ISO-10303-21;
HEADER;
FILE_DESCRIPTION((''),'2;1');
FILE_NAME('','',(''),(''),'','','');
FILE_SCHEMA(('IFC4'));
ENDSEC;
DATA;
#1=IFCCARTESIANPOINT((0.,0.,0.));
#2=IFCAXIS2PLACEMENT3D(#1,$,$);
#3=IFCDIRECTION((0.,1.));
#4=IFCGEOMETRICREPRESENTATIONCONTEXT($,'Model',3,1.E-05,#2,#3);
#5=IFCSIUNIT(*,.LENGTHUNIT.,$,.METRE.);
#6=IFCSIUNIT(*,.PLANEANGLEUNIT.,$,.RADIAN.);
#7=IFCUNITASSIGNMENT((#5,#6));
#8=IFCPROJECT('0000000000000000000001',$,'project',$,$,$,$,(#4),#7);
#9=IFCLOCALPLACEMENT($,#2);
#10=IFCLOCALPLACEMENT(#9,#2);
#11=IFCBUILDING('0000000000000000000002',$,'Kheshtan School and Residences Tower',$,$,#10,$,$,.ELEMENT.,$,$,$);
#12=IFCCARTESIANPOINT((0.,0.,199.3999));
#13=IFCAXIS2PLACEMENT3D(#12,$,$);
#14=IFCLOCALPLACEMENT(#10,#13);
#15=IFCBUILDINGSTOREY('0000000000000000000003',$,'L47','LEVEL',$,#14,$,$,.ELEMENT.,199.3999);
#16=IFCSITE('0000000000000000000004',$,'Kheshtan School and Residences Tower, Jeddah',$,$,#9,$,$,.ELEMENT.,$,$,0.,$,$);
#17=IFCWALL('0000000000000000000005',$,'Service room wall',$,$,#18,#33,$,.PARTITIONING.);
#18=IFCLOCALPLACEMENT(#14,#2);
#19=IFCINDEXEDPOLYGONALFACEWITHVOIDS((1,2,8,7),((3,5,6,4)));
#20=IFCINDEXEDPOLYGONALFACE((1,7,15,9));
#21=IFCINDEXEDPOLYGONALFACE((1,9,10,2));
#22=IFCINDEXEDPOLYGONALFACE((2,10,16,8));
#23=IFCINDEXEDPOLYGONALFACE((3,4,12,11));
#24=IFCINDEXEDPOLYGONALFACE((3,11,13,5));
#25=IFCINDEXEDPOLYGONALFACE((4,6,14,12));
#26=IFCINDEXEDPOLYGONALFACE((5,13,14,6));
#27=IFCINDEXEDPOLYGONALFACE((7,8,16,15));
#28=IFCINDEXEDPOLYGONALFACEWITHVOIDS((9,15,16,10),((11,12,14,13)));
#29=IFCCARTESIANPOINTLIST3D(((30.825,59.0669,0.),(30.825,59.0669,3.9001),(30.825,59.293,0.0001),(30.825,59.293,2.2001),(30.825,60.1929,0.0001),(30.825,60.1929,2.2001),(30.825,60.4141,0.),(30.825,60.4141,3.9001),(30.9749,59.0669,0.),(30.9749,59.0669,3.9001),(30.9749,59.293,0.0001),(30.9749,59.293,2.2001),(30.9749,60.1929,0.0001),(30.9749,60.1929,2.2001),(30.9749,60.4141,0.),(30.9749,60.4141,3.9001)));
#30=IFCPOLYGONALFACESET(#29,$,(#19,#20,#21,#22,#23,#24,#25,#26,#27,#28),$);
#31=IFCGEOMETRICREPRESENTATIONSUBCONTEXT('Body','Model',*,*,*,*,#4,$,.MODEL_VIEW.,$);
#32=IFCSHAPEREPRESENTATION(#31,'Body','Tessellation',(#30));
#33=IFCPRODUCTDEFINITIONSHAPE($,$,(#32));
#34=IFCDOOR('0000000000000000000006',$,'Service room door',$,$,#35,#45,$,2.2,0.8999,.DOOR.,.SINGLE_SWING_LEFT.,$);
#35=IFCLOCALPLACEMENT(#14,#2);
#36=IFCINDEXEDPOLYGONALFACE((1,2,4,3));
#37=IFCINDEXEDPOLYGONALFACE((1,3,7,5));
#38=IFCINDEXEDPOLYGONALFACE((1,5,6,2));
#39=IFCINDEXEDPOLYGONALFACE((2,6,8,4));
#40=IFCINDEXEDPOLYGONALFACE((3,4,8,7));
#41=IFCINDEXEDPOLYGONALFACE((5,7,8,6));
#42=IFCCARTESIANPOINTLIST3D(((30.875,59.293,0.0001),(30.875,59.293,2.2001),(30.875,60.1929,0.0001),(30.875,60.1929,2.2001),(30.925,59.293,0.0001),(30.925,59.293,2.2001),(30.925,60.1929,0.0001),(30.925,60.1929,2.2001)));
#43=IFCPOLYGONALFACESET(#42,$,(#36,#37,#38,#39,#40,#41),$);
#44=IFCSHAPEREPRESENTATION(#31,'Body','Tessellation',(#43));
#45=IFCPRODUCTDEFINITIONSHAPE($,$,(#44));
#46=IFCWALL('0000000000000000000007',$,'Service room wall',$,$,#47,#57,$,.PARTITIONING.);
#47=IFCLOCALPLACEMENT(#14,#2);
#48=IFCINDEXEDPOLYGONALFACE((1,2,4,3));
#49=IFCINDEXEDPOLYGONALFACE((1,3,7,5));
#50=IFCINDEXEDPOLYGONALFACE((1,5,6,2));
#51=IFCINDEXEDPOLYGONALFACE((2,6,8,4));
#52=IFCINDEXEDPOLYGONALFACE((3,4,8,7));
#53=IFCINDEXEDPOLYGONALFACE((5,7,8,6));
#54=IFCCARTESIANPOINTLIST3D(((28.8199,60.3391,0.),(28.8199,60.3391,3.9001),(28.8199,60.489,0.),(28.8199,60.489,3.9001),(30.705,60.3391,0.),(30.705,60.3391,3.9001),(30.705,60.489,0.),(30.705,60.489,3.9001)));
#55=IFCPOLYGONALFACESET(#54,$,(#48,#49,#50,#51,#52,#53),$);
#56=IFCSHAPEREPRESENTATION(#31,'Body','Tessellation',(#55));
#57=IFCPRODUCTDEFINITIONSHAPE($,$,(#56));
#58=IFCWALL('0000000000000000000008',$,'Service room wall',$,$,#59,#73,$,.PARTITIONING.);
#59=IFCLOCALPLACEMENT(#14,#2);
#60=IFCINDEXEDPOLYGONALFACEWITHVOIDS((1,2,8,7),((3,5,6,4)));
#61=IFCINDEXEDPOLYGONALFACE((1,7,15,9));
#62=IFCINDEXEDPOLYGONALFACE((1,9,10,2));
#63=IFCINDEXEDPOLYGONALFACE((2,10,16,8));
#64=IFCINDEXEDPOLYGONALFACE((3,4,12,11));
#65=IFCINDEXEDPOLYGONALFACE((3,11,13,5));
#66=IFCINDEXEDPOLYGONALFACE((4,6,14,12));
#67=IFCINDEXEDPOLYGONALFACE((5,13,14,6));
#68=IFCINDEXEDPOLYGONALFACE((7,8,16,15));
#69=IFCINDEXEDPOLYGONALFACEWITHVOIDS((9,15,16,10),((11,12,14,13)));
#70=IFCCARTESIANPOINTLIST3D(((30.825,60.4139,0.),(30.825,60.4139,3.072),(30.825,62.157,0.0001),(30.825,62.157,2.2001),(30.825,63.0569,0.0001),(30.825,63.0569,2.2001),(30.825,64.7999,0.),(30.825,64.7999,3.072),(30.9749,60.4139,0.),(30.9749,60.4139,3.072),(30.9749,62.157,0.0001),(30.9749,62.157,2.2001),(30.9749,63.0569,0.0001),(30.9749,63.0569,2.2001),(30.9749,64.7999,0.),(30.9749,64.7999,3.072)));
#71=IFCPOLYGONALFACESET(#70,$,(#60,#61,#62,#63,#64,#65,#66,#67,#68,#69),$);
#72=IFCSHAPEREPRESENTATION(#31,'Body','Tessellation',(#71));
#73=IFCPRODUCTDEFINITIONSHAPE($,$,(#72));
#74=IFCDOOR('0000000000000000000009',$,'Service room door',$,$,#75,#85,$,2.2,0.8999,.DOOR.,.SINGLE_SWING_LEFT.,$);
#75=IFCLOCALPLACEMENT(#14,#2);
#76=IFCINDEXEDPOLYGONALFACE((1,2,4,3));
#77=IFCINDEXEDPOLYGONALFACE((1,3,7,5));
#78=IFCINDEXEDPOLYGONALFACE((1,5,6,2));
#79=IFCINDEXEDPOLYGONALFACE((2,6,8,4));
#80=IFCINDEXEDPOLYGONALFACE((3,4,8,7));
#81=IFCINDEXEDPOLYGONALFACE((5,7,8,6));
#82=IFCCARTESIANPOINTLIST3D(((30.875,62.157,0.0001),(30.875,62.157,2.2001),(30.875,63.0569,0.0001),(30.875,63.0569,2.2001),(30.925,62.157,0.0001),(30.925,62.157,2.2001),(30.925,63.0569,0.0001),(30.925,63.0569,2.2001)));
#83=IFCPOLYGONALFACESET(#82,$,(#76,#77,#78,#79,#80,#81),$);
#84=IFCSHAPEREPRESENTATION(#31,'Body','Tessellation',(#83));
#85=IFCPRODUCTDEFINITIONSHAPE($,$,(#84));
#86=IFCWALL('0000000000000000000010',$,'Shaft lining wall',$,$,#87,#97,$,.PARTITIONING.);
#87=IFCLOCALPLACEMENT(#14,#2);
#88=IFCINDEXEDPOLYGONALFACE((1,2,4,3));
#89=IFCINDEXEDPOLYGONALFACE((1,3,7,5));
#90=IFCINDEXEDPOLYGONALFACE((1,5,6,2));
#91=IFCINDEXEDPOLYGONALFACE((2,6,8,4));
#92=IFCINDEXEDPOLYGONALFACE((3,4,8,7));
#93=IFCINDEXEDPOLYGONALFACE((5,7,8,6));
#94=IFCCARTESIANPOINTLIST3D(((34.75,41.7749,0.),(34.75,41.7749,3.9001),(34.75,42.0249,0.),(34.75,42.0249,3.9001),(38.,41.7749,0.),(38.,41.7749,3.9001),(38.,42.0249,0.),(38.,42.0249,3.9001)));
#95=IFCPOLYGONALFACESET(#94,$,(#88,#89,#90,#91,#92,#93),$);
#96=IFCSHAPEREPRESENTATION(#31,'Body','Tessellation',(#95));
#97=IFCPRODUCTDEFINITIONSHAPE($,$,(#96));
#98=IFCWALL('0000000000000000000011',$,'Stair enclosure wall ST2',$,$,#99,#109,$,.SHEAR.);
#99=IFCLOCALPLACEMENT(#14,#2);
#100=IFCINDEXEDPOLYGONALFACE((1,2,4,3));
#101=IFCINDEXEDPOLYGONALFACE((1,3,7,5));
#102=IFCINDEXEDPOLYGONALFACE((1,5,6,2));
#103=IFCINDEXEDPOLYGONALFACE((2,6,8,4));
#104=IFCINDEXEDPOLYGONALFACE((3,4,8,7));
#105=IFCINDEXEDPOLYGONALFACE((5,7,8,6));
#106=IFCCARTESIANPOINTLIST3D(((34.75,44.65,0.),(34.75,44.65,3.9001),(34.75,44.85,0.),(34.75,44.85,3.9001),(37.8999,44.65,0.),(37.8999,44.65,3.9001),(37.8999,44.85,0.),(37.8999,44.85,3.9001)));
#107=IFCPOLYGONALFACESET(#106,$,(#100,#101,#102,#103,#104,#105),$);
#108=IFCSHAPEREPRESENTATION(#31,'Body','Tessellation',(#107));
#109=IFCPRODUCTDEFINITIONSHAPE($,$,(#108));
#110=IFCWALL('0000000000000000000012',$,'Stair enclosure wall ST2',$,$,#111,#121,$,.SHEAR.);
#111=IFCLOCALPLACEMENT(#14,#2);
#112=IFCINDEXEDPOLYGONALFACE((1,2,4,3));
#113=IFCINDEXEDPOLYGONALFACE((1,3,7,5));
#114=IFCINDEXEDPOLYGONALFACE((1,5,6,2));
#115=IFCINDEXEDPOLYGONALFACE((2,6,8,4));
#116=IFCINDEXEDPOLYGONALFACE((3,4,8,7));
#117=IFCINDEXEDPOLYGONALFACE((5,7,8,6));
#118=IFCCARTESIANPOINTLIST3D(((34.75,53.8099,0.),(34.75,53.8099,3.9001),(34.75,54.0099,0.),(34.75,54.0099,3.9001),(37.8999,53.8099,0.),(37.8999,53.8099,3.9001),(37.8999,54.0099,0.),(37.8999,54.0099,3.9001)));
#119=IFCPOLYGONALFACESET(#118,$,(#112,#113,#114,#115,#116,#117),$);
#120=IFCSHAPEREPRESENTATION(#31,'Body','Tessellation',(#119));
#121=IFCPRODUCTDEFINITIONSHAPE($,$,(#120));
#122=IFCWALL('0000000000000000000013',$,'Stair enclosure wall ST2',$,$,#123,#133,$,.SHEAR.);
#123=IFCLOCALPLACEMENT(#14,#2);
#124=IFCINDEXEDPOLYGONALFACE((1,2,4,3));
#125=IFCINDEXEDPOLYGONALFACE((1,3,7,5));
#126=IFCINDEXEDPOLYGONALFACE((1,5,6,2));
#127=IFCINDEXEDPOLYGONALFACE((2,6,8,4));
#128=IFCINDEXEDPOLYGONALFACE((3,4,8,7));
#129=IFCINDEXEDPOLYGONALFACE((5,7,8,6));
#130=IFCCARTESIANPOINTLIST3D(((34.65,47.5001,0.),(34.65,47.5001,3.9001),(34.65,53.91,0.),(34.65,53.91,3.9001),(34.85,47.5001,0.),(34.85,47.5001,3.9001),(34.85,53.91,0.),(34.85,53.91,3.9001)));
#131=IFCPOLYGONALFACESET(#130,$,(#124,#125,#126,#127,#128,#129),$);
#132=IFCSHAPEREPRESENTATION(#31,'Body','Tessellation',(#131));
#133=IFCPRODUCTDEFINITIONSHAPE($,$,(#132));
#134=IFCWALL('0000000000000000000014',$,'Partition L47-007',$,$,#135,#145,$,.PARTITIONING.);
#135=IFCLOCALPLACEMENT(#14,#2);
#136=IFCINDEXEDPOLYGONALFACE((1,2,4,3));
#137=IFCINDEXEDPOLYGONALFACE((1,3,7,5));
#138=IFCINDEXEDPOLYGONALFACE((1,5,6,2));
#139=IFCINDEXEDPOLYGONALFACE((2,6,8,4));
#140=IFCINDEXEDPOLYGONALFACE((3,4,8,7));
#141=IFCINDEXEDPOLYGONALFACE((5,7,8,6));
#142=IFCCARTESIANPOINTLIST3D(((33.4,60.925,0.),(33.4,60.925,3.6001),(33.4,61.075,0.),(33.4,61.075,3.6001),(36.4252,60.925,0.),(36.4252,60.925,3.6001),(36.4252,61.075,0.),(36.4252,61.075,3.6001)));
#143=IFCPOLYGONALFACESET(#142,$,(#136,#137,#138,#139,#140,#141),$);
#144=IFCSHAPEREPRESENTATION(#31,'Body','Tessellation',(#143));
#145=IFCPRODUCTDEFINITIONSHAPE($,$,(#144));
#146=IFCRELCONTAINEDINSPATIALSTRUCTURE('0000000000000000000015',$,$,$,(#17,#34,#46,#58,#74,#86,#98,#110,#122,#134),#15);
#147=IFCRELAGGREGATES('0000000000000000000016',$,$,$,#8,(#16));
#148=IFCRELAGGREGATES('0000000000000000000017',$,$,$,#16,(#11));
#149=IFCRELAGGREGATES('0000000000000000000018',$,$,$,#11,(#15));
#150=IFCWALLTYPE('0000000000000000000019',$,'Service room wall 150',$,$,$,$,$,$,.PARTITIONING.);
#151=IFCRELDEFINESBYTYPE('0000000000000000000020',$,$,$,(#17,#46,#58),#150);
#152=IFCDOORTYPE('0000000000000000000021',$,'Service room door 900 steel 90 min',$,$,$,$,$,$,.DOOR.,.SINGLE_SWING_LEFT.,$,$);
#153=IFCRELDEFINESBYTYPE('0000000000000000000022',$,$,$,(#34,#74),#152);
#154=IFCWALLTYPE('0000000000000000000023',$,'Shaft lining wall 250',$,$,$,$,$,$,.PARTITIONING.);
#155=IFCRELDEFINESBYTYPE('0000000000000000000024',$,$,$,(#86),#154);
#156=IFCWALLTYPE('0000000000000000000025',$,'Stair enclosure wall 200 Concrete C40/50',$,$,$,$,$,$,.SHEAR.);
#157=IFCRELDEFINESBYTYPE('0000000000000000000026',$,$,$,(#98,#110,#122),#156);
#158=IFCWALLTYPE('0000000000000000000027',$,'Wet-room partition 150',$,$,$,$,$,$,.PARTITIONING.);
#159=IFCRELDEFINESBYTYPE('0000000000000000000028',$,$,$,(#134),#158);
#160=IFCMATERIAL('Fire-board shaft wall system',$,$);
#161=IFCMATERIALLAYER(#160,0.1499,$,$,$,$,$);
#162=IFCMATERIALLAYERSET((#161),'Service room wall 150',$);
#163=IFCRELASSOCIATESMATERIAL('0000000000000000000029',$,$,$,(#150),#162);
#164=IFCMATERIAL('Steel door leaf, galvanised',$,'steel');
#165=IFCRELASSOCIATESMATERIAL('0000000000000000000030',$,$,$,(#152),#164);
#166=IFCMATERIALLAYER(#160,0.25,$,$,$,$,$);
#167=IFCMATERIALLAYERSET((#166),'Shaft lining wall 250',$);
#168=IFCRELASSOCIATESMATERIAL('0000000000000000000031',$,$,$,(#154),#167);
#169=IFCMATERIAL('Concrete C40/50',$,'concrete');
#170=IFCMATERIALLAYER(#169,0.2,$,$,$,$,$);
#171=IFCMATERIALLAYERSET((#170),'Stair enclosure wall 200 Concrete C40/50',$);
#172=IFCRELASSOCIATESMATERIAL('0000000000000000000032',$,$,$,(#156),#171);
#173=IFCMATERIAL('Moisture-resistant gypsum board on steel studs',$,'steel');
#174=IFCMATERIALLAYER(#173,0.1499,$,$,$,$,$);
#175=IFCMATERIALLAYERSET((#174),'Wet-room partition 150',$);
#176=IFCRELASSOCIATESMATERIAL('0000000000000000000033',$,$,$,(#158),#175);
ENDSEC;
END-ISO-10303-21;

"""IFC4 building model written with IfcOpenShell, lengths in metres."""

from ifc_helpers import new_model, si_unit, direction, frame, frame_2d, origin, place, context, subcontext, project, spatial, rectangle, extrude, source, transform, mapped, material, layer, layer_set, type_object, element, fill, save


model = new_model("IFC4")

# Units and contexts
model_context = context("Model", 3, precision=1e-05, world=origin(), true_north=direction((0.0, 1.0)))
body_context = subcontext(model_context, "Body", "Model", "MODEL_VIEW")
ifc_project = project(units=[si_unit("LENGTHUNIT", "METRE"), si_unit("PLANEANGLEUNIT", "RADIAN")], contexts=[model_context])

# Site, building, storey
site_placement = place(None, origin())
site = spatial("IfcSite", under=ifc_project, at=site_placement, Name="Kheshtan School and Residences Tower, Jeddah", CompositionType="ELEMENT", RefElevation=0.0)
building_placement = place(site_placement, origin())
building = spatial("IfcBuilding", under=site, at=building_placement, Name="Kheshtan School and Residences Tower", CompositionType="ELEMENT")
storey_placement = place(building_placement, frame((0.0, 0.0, 199.3999)))
storey = spatial("IfcBuildingStorey", under=building, at=storey_placement, Name="L47", Description="LEVEL", CompositionType="ELEMENT", Elevation=199.3999)

# Shared definitions
ifc_material_1 = material(Name="Fire-board shaft wall system")
ifc_layer_1 = layer(ifc_material_1, 0.1499)
ifc_layer_set_1 = layer_set([ifc_layer_1], Name="Service room wall 150")
wall_type_1 = type_object("IfcWallType", Name="Service room wall 150", PredefinedType="PARTITIONING", material=ifc_layer_set_1)

# Wall, opening, door
wall_1_placement = place(storey_placement, frame((30.8999, 59.0669, 0.0), z_axis=(0.0, 0.0, 1.0), x_axis=(0.0, 1.0, 0.0)))
wall_1 = element("IfcWall", 1, at=wall_1_placement, inside=storey, type_object=wall_type_1, Name="Service room wall", PredefinedType="PARTITIONING", context=body_context, shape_type="SweptSolid", body=[
    extrude(rectangle(XDim=1.3472, YDim=0.1499, at=frame_2d((0.6736, 0.0))), origin(), (0.0, 0.0, 1.0), 3.9001),
])
opening_1_placement = place(wall_1_placement, frame((0.2261, 0.0, 0.0)))
opening_1 = element("IfcOpeningElement", 2, at=opening_1_placement, cuts=wall_1, PredefinedType="OPENING", context=body_context, shape_type="SweptSolid", body=[
    extrude(rectangle(XDim=0.8999, YDim=2.2, at=frame_2d((0.45, 1.1001))), frame((0.0, 0.085, 0.0), z_axis=(0.0, -1.0, 0.0), x_axis=(1.0, 0.0, 0.0)), (0.0, 0.0, 1.0), 0.1699),
])
ifc_material_2 = material(Name="Steel door leaf, galvanised", Category="steel")
door_type_1 = type_object("IfcDoorType", Name="Service room door 900 steel 90 min", OperationType="SINGLE_SWING_LEFT", PredefinedType="DOOR", material=ifc_material_2)
shared_shape_1 = source(origin(), body_context, "Body", "SweptSolid", [
    extrude(rectangle(XDim=0.8999, YDim=2.2, at=frame_2d((0.45, 1.1001))), frame((0.0, 0.0249, 0.0), z_axis=(0.0, -1.0, 0.0), x_axis=(1.0, 0.0, 0.0)), (0.0, 0.0, 1.0), 0.05),
])
door_1_placement = place(opening_1_placement, origin())
door_1 = element("IfcDoor", 3, at=door_1_placement, inside=storey, type_object=door_type_1, Name="Service room door", OperationType="SINGLE_SWING_LEFT", OverallHeight=2.2, OverallWidth=0.8999, PredefinedType="DOOR", context=body_context, shape_type="MappedRepresentation", body=[
    mapped(shared_shape_1, transform((0.0, 0.0, 0.0), x_axis=(1.0, 0.0, 0.0), y_axis=(0.0, 1.0, 0.0), z_axis=(0.0, 0.0, 1.0), scale=1.0)),
])
fill(opening_1, door_1)

# Wall
wall_2_placement = place(storey_placement, frame((28.8201, 60.4141, 0.0), z_axis=(0.0, 0.0, 1.0), x_axis=(1.0, 0.0, 0.0)))
element("IfcWall", 4, at=wall_2_placement, inside=storey, type_object=wall_type_1, Name="Service room wall", PredefinedType="PARTITIONING", context=body_context, shape_type="SweptSolid", body=[
    extrude(rectangle(XDim=1.885, YDim=0.1499, at=frame_2d((0.9424, 0.0))), origin(), (0.0, 0.0, 1.0), 3.9001),
])

# Wall, opening, door
wall_3_placement = place(storey_placement, frame((30.8999, 60.4141, 0.0), z_axis=(0.0, 0.0, 1.0), x_axis=(0.0, 1.0, 0.0)))
wall_3 = element("IfcWall", 5, at=wall_3_placement, inside=storey, type_object=wall_type_1, Name="Service room wall", PredefinedType="PARTITIONING", context=body_context, shape_type="SweptSolid", body=[
    extrude(rectangle(XDim=4.386, YDim=0.1499, at=frame_2d((2.1929, 0.0))), origin(), (0.0, 0.0, 1.0), 3.072),
])
opening_2_placement = place(wall_3_placement, frame((1.7429, 0.0, 0.0)))
opening_2 = element("IfcOpeningElement", 6, at=opening_2_placement, cuts=wall_3, PredefinedType="OPENING", context=body_context, shape_type="SweptSolid", body=[
    extrude(rectangle(XDim=0.8999, YDim=2.2, at=frame_2d((0.45, 1.1001))), frame((0.0, 0.085, 0.0), z_axis=(0.0, -1.0, 0.0), x_axis=(1.0, 0.0, 0.0)), (0.0, 0.0, 1.0), 0.1699),
])
door_2_placement = place(opening_2_placement, origin())
door_2 = element("IfcDoor", 7, at=door_2_placement, inside=storey, type_object=door_type_1, Name="Service room door", OperationType="SINGLE_SWING_LEFT", OverallHeight=2.2, OverallWidth=0.8999, PredefinedType="DOOR", context=body_context, shape_type="MappedRepresentation", body=[
    mapped(shared_shape_1, transform((0.0, 0.0, 0.0), x_axis=(1.0, 0.0, 0.0), y_axis=(0.0, 1.0, 0.0), z_axis=(0.0, 0.0, 1.0), scale=1.0)),
])
fill(opening_2, door_2)

# Walls
ifc_layer_2 = layer(ifc_material_1, 0.25)
ifc_layer_set_2 = layer_set([ifc_layer_2], Name="Shaft lining wall 250")
wall_type_2 = type_object("IfcWallType", Name="Shaft lining wall 250", PredefinedType="PARTITIONING", material=ifc_layer_set_2)
wall_4_placement = place(storey_placement, frame((34.75, 41.8999, 0.0), z_axis=(0.0, 0.0, 1.0), x_axis=(1.0, 0.0, 0.0)))
element("IfcWall", 8, at=wall_4_placement, inside=storey, type_object=wall_type_2, Name="Shaft lining wall", PredefinedType="PARTITIONING", context=body_context, shape_type="SweptSolid", body=[
    extrude(rectangle(XDim=3.25, YDim=0.25, at=frame_2d((1.625, 0.0))), origin(), (0.0, 0.0, 1.0), 3.9001),
])
ifc_material_3 = material(Name="Concrete C40/50", Category="concrete")
ifc_layer_3 = layer(ifc_material_3, 0.2)
ifc_layer_set_3 = layer_set([ifc_layer_3], Name="Stair enclosure wall 200 Concrete C40/50")
wall_type_3 = type_object("IfcWallType", Name="Stair enclosure wall 200 Concrete C40/50", PredefinedType="SHEAR", material=ifc_layer_set_3)
for number, where, z_axis, x_axis, name in (
    (9, (34.75, 44.75, 0.0), (0.0, 0.0, 1.0), (1.0, 0.0, 0.0), "Stair enclosure wall ST2"),
    (10, (34.75, 53.9099, 0.0), (0.0, 0.0, 1.0), (1.0, 0.0, 0.0), "Stair enclosure wall ST2"),
):
    element("IfcWall", number, at=place(storey_placement, frame(where, z_axis=z_axis, x_axis=x_axis)), inside=storey, type_object=wall_type_3, Name=name, PredefinedType="SHEAR", context=body_context, shape_type="SweptSolid", body=[
        extrude(rectangle(XDim=3.1499, YDim=0.2, at=frame_2d((1.575, 0.0))), origin(), (0.0, 0.0, 1.0), 3.9001),
    ])
wall_5_placement = place(storey_placement, frame((34.75, 47.5, 0.0), z_axis=(0.0, 0.0, 1.0), x_axis=(0.0, 1.0, 0.0)))
element("IfcWall", 11, at=wall_5_placement, inside=storey, type_object=wall_type_3, Name="Stair enclosure wall ST2", PredefinedType="SHEAR", context=body_context, shape_type="SweptSolid", body=[
    extrude(rectangle(XDim=6.4099, YDim=0.2, at=frame_2d((3.2051, 0.0))), origin(), (0.0, 0.0, 1.0), 3.9001),
])
ifc_material_4 = material(Name="Moisture-resistant gypsum board on steel studs", Category="steel")
ifc_layer_4 = layer(ifc_material_4, 0.1499)
ifc_layer_set_4 = layer_set([ifc_layer_4], Name="Wet-room partition 150")
wall_type_4 = type_object("IfcWallType", Name="Wet-room partition 150", PredefinedType="PARTITIONING", material=ifc_layer_set_4)
wall_6_placement = place(storey_placement, frame((33.3999, 61.0, 0.0), z_axis=(0.0, 0.0, 1.0), x_axis=(1.0, 0.0, 0.0)))
element("IfcWall", 12, at=wall_6_placement, inside=storey, type_object=wall_type_4, Name="Partition L47-007", PredefinedType="PARTITIONING", context=body_context, shape_type="SweptSolid", body=[
    extrude(rectangle(XDim=3.0251, YDim=0.1499, at=frame_2d((1.5127, 0.0))), origin(), (0.0, 0.0, 1.0), 3.6001),
])

save(model, "model.ifc")
